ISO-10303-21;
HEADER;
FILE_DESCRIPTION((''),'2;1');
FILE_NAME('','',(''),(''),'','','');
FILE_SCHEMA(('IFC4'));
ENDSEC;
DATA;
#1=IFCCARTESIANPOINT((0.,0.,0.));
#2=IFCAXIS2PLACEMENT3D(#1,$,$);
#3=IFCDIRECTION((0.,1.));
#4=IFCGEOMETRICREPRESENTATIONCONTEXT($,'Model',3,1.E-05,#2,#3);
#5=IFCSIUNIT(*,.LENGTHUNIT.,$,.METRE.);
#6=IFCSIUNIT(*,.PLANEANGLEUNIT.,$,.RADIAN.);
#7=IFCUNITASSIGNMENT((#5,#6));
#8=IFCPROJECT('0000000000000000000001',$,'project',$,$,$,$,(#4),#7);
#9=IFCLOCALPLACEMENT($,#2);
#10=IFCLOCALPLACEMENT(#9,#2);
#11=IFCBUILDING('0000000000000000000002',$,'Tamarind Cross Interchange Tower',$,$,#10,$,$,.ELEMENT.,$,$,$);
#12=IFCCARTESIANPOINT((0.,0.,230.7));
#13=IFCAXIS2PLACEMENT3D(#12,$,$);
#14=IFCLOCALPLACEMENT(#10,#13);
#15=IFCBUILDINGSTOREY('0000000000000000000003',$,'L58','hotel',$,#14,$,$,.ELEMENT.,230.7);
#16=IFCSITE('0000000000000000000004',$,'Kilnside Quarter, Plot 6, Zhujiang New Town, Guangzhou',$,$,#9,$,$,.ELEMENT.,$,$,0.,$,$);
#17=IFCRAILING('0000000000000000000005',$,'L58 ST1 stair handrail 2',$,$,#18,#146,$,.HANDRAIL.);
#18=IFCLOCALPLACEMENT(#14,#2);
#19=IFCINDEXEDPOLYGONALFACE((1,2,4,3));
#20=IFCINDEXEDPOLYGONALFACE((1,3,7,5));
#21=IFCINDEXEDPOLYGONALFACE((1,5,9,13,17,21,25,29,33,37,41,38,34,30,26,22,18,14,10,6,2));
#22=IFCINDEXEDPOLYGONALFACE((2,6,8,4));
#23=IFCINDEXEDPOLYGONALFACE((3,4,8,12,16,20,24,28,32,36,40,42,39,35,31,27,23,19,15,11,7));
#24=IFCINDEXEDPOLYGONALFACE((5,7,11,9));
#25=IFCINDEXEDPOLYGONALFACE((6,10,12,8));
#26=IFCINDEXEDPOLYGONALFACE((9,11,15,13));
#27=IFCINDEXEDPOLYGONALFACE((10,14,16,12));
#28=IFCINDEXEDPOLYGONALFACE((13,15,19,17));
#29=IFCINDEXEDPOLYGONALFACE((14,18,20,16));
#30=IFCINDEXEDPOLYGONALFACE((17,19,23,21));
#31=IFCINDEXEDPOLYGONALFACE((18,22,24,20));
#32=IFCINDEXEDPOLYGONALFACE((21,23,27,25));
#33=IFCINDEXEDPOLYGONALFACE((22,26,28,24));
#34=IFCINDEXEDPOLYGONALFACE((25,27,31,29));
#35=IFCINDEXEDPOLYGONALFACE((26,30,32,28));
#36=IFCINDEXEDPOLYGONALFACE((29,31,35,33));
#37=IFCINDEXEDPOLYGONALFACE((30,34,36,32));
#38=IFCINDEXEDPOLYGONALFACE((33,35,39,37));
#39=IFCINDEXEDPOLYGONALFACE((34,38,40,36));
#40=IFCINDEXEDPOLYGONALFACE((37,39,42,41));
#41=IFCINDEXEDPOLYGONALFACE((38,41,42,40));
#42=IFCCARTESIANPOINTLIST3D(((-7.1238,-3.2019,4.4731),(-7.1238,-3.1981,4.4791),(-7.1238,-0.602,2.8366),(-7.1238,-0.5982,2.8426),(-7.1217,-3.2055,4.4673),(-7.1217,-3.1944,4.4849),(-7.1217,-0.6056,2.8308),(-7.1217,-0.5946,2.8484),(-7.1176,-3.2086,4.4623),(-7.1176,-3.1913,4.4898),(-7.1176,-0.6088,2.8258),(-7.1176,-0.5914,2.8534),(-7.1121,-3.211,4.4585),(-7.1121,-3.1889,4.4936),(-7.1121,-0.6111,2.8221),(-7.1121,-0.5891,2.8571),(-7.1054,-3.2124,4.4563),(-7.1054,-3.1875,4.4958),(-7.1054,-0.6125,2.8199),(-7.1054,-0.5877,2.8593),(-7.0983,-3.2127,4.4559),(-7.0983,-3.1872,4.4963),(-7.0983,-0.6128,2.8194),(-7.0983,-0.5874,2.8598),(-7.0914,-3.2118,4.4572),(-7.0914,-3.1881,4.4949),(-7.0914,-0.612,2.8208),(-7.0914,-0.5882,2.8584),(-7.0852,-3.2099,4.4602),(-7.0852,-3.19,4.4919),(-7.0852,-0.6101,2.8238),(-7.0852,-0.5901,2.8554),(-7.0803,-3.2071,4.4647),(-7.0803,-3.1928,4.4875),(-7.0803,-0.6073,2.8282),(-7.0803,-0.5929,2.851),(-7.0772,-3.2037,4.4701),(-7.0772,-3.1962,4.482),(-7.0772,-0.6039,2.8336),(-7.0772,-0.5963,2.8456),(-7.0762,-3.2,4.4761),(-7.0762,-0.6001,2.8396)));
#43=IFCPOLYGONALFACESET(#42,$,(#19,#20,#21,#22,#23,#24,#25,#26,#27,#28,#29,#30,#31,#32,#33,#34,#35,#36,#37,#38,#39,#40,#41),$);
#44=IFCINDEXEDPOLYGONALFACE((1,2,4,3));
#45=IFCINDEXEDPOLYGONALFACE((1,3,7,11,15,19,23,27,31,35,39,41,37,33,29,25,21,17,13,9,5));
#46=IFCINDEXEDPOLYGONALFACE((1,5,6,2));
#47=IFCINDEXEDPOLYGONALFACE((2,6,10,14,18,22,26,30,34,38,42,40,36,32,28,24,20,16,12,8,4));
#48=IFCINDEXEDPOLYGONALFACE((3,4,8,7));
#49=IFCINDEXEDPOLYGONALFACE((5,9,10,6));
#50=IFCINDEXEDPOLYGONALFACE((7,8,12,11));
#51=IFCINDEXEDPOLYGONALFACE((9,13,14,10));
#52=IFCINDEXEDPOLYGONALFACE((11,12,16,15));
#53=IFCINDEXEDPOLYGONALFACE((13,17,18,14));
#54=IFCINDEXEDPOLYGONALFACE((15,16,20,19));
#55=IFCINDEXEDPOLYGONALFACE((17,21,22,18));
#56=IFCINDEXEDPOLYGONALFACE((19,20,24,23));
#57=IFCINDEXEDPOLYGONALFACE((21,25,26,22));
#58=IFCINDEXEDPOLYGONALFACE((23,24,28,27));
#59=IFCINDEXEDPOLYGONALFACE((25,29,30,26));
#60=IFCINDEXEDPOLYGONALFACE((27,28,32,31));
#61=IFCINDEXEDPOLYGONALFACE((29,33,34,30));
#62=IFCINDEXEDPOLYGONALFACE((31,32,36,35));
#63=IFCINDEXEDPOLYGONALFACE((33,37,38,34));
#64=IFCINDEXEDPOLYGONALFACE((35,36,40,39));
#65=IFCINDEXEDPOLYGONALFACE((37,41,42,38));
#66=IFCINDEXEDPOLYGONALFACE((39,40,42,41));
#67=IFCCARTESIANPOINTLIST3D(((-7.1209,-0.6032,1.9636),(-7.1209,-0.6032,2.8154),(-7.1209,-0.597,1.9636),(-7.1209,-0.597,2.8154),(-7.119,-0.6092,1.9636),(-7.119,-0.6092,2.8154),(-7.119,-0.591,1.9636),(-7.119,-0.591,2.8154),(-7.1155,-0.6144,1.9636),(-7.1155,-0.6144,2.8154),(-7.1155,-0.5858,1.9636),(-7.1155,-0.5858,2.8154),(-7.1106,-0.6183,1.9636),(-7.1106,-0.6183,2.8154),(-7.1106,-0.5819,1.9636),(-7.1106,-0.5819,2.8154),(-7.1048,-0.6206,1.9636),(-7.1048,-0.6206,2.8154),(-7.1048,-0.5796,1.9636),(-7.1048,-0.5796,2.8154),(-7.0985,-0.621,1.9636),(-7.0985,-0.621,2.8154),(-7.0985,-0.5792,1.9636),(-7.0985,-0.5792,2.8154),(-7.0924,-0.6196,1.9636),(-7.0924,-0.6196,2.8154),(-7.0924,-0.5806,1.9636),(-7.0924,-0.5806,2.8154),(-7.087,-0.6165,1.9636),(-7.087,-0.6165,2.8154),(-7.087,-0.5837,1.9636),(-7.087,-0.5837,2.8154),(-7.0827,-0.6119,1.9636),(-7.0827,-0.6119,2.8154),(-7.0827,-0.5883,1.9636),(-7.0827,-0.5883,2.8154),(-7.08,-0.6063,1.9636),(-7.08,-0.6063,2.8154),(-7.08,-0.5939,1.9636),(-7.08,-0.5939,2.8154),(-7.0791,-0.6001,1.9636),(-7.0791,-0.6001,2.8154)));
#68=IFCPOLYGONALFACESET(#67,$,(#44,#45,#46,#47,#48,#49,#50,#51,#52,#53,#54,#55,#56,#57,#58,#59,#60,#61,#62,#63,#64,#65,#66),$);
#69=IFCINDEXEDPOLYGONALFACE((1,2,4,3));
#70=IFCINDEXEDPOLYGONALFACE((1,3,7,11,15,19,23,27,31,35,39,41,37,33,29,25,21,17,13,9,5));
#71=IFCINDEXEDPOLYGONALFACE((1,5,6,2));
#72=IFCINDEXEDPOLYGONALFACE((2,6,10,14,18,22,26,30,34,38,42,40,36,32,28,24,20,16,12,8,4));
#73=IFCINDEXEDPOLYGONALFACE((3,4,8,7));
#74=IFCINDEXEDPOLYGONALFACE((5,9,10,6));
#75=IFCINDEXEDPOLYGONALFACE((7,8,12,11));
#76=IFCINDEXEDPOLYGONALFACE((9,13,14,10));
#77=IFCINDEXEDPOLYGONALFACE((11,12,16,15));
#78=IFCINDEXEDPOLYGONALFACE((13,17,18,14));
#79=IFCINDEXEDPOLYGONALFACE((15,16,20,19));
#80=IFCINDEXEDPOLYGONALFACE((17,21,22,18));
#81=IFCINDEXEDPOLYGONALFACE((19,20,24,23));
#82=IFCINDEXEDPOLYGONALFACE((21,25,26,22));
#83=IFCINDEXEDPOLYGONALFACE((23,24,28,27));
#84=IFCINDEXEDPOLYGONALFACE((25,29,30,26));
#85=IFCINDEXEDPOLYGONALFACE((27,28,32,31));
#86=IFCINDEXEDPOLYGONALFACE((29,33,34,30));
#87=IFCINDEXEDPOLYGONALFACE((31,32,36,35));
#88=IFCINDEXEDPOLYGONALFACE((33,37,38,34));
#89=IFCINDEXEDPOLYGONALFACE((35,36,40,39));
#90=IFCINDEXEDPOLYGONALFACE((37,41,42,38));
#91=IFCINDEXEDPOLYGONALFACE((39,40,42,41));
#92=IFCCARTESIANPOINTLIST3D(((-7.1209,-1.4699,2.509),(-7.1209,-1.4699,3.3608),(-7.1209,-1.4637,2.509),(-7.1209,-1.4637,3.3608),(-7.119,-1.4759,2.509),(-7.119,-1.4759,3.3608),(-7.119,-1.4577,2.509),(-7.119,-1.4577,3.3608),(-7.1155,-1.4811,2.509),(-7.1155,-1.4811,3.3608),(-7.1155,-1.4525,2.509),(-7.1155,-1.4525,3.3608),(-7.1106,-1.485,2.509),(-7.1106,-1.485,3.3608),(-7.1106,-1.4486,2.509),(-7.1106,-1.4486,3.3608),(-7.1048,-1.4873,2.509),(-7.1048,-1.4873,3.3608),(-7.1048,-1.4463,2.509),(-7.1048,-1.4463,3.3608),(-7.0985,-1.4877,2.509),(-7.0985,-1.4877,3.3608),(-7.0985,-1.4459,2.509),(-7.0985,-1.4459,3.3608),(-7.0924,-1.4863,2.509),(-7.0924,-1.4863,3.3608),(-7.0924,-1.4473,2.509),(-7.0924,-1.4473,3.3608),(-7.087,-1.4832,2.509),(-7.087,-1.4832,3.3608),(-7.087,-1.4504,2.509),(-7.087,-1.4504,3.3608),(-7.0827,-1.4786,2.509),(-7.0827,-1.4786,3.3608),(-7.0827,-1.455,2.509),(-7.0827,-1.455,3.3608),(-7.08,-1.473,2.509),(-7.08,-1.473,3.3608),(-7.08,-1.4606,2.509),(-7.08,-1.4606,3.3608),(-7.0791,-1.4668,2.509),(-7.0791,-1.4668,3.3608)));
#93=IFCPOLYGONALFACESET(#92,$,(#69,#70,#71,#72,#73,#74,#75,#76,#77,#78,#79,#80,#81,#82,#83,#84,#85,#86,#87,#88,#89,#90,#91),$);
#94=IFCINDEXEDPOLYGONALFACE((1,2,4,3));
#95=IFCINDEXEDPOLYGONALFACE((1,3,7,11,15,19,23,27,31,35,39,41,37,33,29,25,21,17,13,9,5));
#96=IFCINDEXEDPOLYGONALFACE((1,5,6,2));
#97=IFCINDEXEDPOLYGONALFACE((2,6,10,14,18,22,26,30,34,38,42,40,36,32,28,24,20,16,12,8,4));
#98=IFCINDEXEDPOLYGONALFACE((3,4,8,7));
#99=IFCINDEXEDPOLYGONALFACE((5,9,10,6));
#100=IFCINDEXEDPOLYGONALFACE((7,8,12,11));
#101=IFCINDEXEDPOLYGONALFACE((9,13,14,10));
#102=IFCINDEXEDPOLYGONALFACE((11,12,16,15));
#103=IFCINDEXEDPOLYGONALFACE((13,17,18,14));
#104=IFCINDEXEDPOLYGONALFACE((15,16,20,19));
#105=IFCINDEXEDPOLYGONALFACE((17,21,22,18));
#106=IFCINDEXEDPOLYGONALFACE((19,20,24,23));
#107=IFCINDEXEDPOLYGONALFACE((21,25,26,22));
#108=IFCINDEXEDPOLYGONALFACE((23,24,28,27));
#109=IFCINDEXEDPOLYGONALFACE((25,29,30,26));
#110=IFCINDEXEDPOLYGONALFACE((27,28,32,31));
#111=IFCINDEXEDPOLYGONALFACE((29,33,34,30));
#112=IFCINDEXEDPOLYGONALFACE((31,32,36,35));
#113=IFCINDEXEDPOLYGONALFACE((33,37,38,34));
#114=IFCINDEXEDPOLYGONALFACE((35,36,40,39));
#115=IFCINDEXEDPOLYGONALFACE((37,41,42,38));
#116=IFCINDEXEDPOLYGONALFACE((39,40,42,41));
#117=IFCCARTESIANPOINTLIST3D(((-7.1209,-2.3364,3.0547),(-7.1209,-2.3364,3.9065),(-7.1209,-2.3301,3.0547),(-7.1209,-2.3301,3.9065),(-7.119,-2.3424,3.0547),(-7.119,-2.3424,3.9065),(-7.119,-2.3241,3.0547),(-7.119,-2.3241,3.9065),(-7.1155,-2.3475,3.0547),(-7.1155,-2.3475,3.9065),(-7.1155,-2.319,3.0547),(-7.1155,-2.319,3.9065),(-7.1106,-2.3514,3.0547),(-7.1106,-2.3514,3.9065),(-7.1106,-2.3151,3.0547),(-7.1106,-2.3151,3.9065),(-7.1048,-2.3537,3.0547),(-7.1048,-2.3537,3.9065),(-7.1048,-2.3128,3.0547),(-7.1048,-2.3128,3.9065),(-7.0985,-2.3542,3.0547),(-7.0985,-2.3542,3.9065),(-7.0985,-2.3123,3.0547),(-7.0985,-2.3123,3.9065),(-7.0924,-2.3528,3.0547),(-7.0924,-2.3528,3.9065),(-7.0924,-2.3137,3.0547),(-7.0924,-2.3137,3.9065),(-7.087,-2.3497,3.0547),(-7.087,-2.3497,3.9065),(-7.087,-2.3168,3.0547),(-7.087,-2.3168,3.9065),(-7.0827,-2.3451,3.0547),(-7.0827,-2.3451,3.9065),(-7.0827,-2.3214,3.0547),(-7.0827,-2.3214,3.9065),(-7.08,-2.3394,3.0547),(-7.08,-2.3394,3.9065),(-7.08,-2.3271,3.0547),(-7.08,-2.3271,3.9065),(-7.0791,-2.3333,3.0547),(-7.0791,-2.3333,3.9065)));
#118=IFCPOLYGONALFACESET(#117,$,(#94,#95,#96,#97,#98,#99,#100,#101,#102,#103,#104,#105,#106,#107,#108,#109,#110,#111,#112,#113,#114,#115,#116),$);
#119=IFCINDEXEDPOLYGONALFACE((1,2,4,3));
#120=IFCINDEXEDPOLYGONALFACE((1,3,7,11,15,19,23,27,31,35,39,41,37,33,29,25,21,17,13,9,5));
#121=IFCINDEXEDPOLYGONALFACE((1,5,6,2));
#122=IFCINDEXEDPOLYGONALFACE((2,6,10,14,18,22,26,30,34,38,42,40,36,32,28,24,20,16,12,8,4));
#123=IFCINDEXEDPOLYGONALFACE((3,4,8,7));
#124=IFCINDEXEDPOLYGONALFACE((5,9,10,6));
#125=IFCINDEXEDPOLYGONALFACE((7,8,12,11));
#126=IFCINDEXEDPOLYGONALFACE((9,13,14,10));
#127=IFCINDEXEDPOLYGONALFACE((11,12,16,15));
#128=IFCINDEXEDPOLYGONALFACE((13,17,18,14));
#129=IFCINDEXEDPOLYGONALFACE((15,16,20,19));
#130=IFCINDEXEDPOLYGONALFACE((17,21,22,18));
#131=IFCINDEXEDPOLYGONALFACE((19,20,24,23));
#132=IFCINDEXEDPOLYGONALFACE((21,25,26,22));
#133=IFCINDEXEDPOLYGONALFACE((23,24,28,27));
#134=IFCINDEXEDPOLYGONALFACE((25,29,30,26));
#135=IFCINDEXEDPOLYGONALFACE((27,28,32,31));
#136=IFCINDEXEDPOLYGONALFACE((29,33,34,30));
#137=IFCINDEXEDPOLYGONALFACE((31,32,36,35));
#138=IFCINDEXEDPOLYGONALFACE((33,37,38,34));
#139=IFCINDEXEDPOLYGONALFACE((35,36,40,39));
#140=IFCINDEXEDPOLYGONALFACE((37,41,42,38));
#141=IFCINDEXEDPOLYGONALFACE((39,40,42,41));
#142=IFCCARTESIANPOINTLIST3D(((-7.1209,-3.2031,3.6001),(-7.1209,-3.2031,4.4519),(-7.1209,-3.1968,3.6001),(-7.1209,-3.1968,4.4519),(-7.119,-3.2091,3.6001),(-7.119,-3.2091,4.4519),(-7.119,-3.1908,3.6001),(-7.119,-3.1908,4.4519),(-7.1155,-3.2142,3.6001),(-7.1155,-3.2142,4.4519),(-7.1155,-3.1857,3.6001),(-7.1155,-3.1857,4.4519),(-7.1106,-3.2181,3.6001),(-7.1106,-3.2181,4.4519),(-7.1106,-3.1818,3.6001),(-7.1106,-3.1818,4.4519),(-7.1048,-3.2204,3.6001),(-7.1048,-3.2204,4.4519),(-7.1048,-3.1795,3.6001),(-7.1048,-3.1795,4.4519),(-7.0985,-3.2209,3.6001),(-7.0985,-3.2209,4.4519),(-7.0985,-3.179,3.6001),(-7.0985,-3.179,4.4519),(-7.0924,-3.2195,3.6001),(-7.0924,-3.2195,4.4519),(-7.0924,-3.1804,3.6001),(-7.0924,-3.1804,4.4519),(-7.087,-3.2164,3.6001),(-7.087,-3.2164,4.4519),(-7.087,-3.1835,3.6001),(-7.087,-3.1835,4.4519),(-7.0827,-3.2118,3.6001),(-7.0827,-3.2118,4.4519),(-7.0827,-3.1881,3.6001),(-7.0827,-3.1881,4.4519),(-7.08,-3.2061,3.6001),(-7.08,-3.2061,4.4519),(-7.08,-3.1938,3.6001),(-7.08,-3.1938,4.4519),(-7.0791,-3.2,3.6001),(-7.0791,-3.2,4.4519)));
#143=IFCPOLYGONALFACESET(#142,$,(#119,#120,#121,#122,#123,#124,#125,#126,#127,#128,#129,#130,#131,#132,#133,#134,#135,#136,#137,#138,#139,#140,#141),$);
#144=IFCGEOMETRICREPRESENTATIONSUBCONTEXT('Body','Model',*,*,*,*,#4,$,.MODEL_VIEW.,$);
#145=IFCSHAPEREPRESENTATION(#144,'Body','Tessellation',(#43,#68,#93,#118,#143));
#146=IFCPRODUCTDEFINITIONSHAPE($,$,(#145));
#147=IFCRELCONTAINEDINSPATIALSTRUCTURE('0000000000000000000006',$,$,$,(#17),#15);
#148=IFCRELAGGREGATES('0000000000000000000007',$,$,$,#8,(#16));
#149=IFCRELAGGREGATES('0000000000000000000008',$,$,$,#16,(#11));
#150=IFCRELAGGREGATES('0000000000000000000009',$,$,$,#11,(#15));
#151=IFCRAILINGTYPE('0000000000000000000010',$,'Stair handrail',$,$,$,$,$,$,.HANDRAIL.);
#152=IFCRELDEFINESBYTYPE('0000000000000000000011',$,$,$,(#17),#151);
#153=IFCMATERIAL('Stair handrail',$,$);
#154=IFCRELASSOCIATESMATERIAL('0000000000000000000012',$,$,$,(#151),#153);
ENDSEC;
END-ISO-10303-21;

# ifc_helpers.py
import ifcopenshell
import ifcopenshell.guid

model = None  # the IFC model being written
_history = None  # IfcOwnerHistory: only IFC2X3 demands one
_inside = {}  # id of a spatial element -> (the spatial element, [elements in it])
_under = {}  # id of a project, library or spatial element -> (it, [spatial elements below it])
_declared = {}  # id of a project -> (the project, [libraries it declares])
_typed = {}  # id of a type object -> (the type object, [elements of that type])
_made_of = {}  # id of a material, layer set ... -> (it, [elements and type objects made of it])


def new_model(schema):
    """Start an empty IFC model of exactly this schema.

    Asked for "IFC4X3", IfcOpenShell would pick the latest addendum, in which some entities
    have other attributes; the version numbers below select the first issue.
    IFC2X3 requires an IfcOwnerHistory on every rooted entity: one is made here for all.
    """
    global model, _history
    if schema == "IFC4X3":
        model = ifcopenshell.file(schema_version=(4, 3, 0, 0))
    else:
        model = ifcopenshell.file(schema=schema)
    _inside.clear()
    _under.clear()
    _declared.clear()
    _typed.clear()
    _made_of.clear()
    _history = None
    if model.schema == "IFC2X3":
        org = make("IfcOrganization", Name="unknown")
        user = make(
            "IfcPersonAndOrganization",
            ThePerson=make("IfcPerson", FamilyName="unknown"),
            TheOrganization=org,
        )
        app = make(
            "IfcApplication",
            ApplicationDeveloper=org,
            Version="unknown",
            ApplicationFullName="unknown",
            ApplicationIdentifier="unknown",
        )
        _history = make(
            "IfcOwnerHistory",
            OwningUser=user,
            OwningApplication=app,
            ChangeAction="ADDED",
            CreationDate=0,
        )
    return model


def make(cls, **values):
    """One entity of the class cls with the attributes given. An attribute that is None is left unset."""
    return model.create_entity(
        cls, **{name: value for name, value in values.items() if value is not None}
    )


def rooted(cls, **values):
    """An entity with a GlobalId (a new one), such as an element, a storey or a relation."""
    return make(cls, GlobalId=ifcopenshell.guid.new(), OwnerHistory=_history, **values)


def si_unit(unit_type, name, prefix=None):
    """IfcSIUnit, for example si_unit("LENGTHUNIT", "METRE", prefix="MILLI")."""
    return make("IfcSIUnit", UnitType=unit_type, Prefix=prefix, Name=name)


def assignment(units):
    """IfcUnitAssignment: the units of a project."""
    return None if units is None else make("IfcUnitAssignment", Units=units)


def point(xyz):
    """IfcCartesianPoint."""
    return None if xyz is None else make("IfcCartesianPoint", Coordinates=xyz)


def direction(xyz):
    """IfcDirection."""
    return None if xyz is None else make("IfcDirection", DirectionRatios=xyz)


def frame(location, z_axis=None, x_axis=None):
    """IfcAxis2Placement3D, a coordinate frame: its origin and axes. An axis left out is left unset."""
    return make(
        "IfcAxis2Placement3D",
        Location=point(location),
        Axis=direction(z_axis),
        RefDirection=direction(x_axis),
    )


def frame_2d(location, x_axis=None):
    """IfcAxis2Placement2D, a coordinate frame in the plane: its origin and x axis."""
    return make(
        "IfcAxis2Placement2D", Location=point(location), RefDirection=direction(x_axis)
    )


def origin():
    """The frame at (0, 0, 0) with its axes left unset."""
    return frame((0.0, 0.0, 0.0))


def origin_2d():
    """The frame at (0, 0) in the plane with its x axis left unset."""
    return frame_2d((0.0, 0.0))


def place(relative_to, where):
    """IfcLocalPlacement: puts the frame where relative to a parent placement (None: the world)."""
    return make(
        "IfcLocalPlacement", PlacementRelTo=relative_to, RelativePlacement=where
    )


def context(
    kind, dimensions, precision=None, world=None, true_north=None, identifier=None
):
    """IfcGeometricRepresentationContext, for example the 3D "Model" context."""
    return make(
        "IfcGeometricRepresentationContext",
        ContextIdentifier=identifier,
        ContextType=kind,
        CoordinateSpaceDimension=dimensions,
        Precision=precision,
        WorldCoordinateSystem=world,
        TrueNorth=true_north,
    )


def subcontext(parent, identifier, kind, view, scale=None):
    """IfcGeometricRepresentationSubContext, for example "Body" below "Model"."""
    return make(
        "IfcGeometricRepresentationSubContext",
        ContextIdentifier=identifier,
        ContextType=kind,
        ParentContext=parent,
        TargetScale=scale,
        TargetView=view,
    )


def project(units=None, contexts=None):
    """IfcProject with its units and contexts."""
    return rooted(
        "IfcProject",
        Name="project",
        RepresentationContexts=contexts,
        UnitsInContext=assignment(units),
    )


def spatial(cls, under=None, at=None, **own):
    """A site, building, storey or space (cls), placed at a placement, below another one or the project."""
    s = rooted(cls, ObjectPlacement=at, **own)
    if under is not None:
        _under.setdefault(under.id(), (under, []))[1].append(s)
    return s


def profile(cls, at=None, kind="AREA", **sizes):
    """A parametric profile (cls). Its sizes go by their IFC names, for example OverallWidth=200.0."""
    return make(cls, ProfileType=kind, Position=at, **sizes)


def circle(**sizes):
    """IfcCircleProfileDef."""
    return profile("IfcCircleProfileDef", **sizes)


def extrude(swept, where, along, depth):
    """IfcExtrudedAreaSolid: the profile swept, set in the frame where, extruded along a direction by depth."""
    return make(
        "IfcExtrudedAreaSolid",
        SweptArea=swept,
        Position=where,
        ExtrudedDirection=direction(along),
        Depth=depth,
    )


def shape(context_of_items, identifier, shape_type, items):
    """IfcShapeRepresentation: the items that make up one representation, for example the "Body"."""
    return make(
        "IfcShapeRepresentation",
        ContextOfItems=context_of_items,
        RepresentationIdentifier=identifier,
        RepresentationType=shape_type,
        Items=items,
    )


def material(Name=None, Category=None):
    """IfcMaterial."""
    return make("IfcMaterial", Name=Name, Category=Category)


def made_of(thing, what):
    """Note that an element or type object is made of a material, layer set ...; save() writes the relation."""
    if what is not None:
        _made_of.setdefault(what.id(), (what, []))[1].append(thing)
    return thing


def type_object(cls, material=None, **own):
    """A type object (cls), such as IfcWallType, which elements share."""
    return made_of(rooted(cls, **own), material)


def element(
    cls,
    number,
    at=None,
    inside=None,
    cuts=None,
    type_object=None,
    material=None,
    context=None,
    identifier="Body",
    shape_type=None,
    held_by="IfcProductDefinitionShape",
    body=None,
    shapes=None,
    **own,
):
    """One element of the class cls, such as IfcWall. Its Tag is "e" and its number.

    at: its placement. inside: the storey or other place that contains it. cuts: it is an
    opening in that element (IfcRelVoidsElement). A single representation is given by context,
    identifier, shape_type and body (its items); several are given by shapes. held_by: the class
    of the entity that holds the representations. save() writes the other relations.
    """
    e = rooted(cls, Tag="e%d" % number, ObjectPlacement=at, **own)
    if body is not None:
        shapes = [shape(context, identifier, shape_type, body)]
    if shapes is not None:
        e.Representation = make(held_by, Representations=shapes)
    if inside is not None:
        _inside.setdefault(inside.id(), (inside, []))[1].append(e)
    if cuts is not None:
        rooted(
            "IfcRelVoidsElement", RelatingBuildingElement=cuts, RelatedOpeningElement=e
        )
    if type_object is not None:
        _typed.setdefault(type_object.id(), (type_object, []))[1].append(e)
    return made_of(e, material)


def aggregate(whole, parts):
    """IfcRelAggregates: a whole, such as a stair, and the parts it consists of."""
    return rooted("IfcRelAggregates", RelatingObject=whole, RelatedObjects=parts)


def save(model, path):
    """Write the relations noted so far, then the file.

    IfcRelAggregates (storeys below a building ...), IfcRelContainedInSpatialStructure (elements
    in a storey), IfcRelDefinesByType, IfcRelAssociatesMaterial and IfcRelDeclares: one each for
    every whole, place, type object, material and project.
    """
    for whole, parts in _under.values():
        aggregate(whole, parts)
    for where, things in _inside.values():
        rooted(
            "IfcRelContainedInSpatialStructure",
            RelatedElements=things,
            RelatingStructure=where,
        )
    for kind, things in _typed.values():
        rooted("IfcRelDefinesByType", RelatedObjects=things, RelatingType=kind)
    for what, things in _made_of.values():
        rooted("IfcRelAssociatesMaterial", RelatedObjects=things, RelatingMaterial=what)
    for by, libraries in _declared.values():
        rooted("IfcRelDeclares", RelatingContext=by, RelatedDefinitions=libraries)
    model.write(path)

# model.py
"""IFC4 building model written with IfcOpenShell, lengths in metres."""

from ifc_helpers import new_model, si_unit, direction, frame, origin, origin_2d, place, context, subcontext, project, spatial, circle, extrude, material, type_object, element, save


model = new_model("IFC4")

# Units and contexts
model_context = context("Model", 3, precision=1e-05, world=origin(), true_north=direction((0.0, 1.0)))
body_context = subcontext(model_context, "Body", "Model", "MODEL_VIEW")
ifc_project = project(units=[si_unit("LENGTHUNIT", "METRE"), si_unit("PLANEANGLEUNIT", "RADIAN")], contexts=[model_context])

# Site, building, storey
site_placement = place(None, origin())
site = spatial("IfcSite", under=ifc_project, at=site_placement, Name="Kilnside Quarter, Plot 6, Zhujiang New Town, Guangzhou", CompositionType="ELEMENT", RefElevation=0.0)
building_placement = place(site_placement, origin())
building = spatial("IfcBuilding", under=site, at=building_placement, Name="Tamarind Cross Interchange Tower", CompositionType="ELEMENT")
storey_placement = place(building_placement, frame((0.0, 0.0, 230.7)))
storey = spatial("IfcBuildingStorey", under=building, at=storey_placement, Name="L58", Description="hotel", CompositionType="ELEMENT", Elevation=230.7)

# Railing
ifc_material_1 = material(Name="Stair handrail")
railing_type = type_object("IfcRailingType", Name="Stair handrail", PredefinedType="HANDRAIL", material=ifc_material_1)
railing_placement = place(storey_placement, frame((-7.1001, -0.6001, 1.9636)))
element("IfcRailing", 1, at=railing_placement, inside=storey, type_object=railing_type, Name="L58 ST1 stair handrail 2", PredefinedType="HANDRAIL", context=body_context, shape_type="SweptSolid", body=[
    extrude(circle(Radius=0.0239, at=origin_2d()), frame((0.0, 0.0, 0.876), z_axis=(0.0, -0.846302, 0.532704), x_axis=(1.0, 0.0, 0.0)), (0.0, 0.0, 1.0), 3.072),
    extrude(circle(Radius=0.021, at=origin_2d()), origin(), (0.0, 0.0, 1.0), 0.8518),
    extrude(circle(Radius=0.021, at=origin_2d()), frame((0.0, -0.8667, 0.5454)), (0.0, 0.0, 1.0), 0.8518),
    extrude(circle(Radius=0.021, at=origin_2d()), frame((0.0, -1.7332, 1.0911)), (0.0, 0.0, 1.0), 0.8518),
    extrude(circle(Radius=0.021, at=origin_2d()), frame((0.0, -2.5999, 1.6365)), (0.0, 0.0, 1.0), 0.8518),
])

save(model, "model.ifc")
